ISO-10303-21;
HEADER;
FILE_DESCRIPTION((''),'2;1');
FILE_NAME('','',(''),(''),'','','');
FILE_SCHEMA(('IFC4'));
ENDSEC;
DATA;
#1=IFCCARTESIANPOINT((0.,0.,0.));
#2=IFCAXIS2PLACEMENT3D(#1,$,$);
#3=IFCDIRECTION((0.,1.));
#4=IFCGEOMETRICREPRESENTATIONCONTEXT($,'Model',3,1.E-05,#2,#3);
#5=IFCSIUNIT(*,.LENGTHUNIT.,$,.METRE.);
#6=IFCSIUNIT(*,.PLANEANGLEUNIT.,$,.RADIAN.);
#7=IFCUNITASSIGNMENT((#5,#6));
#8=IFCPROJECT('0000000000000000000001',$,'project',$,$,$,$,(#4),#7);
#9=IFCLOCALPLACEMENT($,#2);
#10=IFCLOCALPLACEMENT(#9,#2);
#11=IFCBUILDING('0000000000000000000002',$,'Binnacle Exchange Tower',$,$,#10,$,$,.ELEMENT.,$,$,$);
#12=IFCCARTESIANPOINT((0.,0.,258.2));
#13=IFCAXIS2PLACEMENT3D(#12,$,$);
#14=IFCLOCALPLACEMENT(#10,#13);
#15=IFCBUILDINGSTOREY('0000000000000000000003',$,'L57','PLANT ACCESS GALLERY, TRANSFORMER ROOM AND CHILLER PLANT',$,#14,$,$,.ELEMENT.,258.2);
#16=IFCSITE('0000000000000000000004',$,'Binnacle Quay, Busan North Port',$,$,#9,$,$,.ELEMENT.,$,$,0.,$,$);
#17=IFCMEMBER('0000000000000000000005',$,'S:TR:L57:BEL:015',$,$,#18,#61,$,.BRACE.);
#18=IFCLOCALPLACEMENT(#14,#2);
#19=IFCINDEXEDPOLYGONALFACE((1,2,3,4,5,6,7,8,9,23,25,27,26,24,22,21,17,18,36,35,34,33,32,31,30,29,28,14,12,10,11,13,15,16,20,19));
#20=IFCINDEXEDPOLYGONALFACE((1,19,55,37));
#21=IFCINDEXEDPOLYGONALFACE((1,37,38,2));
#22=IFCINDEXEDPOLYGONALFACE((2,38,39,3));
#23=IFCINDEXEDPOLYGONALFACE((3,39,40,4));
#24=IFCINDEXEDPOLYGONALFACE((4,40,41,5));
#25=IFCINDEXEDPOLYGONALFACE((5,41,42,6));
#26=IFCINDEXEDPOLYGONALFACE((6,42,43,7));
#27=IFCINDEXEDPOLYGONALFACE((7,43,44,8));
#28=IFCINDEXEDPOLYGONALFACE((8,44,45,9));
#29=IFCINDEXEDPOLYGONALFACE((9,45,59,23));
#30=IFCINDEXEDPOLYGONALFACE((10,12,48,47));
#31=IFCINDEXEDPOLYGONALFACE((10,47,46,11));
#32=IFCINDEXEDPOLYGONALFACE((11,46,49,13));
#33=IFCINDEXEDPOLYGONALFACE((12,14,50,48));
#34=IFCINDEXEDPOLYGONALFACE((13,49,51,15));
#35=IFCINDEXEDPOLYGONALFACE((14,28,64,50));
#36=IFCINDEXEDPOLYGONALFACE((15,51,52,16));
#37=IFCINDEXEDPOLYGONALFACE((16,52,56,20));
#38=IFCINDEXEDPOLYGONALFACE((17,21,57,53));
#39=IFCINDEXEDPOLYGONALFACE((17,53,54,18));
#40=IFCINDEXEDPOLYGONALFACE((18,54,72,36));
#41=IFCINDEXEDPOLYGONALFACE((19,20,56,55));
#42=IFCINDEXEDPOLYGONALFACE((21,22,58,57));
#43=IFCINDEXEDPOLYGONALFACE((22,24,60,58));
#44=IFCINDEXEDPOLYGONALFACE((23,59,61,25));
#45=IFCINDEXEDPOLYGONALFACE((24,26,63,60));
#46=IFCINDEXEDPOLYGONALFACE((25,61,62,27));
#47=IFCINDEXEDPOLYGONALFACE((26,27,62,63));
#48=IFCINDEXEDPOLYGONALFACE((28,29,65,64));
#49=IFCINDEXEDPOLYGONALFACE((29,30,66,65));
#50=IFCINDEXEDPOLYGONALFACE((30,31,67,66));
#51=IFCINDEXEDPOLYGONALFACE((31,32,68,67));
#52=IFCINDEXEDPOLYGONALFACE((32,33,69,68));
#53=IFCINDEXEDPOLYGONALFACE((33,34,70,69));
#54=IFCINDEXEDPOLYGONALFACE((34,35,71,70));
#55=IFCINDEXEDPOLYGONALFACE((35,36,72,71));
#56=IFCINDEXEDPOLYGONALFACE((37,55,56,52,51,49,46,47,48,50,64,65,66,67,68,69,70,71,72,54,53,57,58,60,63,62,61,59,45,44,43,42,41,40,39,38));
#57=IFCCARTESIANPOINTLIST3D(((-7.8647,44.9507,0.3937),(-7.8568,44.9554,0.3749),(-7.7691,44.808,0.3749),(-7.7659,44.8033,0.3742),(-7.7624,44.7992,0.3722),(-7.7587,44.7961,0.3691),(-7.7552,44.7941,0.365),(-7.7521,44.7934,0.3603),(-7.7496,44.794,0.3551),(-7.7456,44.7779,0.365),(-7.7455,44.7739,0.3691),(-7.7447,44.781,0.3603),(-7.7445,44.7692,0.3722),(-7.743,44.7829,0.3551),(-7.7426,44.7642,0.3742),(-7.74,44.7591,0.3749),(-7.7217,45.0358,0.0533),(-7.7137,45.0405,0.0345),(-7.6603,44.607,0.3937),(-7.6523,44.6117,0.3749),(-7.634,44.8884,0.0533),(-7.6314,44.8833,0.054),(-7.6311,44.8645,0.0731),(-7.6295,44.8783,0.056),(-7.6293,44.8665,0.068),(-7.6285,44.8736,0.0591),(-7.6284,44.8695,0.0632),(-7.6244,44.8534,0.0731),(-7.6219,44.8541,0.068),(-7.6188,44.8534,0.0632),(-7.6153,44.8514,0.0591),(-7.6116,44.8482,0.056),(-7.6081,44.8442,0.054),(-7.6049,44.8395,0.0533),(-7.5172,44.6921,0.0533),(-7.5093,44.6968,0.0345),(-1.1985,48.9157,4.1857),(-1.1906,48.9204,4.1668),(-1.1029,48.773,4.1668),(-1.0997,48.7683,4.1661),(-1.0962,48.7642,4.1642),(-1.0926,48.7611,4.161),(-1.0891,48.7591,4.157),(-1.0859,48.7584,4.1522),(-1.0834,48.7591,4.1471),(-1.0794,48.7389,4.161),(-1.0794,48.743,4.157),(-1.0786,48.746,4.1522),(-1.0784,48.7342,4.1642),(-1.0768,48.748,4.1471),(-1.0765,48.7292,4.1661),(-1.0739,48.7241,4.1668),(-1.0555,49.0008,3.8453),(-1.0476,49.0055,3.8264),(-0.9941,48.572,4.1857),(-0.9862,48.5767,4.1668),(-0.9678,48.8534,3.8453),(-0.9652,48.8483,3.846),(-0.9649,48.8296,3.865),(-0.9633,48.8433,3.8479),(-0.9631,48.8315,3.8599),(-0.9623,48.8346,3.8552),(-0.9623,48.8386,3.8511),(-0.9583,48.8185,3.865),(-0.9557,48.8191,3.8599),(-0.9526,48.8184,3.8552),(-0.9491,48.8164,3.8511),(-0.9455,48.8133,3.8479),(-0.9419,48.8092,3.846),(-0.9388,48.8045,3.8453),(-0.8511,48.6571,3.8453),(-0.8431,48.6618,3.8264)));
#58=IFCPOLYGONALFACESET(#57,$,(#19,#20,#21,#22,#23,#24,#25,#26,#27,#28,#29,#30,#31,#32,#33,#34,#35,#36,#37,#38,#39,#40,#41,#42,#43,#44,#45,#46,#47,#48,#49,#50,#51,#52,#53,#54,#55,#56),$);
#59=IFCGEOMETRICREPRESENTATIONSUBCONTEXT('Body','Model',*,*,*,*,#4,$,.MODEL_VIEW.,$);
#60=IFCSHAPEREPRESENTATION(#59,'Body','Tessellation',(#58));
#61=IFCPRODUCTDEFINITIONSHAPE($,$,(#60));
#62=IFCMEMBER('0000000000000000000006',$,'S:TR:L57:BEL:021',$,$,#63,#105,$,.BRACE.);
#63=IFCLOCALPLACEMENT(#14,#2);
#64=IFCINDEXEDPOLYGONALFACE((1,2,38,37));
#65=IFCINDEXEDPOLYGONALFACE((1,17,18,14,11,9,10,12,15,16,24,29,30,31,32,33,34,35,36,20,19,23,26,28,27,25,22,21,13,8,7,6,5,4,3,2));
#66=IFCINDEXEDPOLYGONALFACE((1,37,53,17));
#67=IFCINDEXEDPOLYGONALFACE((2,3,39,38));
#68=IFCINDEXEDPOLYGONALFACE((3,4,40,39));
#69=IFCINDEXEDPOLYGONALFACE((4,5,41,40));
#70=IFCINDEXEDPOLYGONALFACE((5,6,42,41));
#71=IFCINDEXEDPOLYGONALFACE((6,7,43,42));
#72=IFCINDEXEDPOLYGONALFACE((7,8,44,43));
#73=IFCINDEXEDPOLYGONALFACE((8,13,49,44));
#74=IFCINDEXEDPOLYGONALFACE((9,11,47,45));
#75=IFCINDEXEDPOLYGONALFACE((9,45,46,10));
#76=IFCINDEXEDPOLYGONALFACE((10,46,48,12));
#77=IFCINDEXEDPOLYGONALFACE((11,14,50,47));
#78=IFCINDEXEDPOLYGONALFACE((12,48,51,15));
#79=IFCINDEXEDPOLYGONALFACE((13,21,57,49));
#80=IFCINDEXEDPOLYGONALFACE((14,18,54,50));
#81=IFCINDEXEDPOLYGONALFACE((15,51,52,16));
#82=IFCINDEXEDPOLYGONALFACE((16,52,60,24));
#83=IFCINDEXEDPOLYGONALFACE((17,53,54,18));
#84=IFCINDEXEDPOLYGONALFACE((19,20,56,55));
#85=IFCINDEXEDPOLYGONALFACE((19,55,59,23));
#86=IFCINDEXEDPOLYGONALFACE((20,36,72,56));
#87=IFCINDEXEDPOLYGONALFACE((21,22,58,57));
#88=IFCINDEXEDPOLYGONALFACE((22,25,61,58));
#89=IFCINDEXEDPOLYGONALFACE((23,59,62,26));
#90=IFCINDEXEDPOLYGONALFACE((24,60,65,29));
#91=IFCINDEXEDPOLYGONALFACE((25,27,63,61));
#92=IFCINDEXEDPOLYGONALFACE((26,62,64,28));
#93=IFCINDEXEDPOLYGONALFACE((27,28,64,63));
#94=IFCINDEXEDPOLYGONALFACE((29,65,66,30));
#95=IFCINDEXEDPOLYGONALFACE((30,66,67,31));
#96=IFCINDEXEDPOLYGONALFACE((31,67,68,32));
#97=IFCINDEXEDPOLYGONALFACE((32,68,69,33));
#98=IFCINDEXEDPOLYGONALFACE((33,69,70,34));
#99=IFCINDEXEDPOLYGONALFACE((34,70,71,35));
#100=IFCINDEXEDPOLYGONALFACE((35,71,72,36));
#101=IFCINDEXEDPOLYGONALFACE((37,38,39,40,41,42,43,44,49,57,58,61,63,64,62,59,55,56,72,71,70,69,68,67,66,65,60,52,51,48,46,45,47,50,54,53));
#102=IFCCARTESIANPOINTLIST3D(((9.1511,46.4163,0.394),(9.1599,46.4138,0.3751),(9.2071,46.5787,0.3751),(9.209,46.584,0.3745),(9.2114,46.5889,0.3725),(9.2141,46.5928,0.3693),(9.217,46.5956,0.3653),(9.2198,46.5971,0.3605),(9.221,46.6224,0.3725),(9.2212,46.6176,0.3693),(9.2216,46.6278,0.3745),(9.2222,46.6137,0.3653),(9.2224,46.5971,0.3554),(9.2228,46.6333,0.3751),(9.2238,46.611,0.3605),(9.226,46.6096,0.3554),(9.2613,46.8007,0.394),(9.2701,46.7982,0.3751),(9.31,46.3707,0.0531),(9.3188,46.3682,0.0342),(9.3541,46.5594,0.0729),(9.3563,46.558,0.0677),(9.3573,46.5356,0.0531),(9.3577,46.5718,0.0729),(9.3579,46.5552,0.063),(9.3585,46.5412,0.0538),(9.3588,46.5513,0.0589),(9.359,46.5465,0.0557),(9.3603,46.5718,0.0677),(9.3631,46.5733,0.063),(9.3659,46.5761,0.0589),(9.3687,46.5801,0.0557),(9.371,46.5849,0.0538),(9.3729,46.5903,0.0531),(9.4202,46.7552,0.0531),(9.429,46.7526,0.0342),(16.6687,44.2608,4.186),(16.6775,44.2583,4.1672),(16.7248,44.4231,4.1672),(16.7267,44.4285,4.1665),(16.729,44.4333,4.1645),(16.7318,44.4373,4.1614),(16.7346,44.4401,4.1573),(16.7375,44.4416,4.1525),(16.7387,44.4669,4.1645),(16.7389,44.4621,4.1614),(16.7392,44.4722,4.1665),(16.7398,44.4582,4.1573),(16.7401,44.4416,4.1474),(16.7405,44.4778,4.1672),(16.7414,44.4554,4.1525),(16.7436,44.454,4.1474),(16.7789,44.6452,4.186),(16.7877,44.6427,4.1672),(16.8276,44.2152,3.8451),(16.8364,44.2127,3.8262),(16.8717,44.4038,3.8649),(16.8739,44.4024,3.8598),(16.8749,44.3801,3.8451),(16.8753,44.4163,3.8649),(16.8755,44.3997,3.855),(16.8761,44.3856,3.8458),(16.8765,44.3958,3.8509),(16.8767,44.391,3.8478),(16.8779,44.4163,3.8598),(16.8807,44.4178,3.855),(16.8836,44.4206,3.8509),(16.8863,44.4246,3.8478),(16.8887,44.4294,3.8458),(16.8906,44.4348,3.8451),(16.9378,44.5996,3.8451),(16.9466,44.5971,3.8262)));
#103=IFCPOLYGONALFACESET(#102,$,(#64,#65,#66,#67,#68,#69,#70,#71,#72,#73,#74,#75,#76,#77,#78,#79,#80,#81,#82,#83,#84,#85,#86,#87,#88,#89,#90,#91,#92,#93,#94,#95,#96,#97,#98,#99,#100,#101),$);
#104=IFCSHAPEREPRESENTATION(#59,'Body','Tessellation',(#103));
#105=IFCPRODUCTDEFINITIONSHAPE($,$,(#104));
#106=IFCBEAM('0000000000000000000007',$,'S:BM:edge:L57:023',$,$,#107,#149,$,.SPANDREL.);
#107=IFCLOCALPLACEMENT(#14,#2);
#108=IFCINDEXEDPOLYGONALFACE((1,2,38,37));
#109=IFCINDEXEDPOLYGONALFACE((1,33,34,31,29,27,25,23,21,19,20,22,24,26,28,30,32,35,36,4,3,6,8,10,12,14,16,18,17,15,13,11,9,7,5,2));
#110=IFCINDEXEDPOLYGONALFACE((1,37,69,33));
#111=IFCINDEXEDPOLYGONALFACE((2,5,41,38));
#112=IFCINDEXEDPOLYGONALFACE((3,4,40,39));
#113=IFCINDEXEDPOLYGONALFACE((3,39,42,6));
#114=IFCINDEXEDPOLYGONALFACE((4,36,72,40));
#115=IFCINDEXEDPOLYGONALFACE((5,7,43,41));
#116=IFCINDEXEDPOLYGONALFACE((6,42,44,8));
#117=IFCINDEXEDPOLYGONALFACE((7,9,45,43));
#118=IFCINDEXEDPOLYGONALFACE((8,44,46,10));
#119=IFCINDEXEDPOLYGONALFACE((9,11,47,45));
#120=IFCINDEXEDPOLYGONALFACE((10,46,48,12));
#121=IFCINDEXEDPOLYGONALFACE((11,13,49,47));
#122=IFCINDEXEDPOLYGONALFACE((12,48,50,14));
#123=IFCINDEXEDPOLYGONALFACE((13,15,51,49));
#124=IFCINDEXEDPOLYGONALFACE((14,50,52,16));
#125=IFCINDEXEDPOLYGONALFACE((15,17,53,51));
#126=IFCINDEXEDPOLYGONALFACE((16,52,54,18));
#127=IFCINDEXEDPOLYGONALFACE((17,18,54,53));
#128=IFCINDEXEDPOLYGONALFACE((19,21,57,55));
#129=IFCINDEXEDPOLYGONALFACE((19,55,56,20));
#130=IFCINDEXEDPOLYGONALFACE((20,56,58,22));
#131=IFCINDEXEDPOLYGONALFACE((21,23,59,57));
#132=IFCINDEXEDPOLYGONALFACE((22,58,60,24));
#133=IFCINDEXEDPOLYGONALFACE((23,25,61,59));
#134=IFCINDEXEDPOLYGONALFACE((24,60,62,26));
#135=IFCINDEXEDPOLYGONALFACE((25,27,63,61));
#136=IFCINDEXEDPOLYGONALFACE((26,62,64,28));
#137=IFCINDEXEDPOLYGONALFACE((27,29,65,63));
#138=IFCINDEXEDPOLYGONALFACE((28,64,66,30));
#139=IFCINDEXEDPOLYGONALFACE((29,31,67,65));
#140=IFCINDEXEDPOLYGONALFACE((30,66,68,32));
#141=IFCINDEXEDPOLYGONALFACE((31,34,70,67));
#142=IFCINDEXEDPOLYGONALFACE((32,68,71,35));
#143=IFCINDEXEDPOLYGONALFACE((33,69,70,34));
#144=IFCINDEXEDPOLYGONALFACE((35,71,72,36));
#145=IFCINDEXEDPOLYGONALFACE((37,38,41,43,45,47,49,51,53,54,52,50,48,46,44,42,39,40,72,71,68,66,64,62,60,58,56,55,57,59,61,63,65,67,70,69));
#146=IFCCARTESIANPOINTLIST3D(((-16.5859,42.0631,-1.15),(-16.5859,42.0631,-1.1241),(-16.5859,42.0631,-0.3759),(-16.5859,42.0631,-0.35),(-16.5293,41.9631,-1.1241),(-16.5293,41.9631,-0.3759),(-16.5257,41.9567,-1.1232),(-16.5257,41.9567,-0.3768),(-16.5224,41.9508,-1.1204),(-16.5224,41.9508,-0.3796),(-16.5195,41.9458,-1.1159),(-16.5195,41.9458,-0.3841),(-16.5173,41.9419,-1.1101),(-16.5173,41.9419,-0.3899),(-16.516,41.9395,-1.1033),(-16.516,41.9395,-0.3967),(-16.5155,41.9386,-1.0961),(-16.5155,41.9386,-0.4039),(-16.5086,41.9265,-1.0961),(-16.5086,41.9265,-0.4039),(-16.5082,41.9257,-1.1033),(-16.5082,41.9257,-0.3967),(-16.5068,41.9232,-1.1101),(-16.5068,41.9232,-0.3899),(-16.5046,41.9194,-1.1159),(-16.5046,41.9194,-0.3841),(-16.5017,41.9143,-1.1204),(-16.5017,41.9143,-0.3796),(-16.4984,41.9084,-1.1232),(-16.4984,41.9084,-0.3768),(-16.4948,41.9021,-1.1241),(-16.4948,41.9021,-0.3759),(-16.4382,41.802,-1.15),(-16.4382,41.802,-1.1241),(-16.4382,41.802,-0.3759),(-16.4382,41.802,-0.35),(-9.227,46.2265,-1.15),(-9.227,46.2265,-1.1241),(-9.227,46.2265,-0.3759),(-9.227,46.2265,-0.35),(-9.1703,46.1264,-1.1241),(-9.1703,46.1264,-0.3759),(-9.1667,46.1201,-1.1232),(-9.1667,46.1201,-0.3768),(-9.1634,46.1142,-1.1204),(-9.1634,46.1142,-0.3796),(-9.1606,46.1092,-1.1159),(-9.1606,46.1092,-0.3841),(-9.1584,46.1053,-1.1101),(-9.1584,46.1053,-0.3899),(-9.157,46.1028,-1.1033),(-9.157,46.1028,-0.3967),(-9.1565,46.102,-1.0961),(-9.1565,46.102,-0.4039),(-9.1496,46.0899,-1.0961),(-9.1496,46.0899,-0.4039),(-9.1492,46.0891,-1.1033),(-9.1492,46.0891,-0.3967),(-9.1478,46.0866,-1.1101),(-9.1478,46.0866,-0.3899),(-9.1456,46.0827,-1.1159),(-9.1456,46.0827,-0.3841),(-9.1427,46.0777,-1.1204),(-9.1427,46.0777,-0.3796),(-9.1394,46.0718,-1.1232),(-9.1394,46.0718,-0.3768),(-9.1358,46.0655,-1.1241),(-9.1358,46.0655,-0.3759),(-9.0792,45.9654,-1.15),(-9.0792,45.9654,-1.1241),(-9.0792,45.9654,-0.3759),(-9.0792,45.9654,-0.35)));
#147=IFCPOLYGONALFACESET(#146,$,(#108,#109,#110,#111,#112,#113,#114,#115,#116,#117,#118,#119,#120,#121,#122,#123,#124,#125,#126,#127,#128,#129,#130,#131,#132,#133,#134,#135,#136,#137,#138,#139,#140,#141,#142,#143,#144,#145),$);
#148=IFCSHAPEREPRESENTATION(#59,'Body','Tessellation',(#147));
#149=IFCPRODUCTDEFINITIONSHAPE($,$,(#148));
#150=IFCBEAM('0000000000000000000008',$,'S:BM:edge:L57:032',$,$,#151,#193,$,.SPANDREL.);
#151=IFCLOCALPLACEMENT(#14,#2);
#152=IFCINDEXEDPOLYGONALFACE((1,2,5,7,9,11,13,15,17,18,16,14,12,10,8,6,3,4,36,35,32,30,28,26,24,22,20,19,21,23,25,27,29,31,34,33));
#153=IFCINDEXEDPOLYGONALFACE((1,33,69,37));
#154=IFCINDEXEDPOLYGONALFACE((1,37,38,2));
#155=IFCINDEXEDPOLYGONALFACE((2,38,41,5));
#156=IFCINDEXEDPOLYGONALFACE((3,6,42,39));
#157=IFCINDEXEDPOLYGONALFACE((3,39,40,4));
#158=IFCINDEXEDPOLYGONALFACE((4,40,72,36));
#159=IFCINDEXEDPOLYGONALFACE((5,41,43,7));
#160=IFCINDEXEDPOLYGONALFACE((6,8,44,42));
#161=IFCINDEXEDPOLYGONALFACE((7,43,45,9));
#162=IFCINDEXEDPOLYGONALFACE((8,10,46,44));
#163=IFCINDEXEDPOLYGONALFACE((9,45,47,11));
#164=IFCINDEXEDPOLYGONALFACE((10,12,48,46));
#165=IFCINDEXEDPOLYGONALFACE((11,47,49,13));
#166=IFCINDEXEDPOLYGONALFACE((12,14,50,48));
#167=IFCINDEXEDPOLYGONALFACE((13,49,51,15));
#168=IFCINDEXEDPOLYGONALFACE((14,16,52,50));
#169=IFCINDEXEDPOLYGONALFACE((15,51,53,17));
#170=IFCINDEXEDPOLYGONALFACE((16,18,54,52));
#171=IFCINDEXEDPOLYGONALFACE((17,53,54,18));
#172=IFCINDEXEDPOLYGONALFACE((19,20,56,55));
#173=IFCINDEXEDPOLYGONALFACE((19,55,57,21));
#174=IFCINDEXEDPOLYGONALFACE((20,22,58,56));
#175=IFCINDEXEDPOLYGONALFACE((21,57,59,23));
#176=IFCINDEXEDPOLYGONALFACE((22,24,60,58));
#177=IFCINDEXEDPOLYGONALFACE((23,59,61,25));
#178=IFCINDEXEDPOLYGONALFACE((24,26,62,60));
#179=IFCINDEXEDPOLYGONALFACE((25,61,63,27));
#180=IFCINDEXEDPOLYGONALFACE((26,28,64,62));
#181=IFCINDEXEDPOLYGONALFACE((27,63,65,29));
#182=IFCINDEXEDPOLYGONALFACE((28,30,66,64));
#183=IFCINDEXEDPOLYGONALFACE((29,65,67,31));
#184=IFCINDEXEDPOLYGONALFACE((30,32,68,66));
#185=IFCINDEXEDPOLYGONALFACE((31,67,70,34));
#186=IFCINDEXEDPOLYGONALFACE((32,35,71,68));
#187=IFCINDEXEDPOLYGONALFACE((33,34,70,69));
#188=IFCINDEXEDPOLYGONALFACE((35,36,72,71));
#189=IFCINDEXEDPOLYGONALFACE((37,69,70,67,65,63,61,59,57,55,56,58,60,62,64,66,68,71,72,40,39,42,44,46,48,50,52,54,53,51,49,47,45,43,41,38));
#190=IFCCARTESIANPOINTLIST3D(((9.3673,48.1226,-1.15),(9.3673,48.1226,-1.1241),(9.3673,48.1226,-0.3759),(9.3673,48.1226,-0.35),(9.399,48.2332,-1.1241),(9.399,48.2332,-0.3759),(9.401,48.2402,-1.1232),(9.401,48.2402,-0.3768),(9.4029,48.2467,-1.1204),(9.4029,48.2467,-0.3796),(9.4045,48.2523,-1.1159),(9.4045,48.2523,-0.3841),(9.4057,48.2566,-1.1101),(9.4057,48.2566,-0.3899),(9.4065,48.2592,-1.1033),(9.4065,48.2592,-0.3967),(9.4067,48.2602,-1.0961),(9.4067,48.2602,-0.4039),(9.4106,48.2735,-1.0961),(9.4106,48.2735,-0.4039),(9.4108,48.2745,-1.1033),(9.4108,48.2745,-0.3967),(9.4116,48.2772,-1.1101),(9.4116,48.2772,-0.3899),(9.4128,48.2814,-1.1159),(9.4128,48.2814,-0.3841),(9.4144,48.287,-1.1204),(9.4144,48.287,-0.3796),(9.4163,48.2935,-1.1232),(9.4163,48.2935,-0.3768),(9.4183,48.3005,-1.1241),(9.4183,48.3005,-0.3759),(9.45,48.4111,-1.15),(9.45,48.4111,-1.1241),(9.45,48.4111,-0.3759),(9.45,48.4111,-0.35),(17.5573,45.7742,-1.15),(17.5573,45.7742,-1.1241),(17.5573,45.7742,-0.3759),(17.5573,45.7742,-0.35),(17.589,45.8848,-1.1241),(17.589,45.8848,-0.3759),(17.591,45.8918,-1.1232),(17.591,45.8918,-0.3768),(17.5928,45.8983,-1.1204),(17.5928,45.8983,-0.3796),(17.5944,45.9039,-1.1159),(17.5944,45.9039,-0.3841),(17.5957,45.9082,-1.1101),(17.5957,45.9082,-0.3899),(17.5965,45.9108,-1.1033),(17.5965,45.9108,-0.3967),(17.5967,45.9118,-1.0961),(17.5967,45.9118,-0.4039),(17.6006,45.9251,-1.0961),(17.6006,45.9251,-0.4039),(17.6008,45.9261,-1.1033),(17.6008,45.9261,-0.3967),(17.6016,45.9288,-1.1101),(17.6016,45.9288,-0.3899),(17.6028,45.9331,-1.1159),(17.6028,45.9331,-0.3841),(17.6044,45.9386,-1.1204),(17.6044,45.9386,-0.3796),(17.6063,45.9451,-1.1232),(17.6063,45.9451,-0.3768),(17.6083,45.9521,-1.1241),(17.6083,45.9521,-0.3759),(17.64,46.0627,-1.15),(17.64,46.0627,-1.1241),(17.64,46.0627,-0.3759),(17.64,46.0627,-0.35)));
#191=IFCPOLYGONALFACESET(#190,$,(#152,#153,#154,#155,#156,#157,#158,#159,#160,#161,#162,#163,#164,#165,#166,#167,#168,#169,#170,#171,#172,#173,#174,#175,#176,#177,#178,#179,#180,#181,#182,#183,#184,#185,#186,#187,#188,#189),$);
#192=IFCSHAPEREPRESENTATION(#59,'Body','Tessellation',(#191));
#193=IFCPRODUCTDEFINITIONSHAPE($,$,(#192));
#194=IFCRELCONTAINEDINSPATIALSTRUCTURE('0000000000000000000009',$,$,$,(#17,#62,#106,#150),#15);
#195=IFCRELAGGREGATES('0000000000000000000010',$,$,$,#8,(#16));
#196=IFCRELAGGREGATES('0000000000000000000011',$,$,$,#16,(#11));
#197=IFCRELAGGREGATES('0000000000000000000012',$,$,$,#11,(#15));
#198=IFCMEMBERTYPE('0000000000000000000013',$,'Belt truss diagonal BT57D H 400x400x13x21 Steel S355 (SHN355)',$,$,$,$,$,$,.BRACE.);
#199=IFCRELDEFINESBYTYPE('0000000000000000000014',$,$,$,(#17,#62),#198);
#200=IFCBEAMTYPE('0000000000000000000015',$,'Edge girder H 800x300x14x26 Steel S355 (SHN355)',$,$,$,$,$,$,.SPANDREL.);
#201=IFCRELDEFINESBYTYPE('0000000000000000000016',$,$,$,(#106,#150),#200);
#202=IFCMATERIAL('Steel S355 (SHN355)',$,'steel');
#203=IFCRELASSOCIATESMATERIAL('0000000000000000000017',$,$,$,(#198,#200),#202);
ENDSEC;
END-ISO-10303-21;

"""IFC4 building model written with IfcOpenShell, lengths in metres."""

from ifc_helpers import new_model, si_unit, direction, frame, origin, origin_2d, place, context, subcontext, project, spatial, i_section, extrude, material, material_profile, profile_set, type_object, element, save


model = new_model("IFC4")

# Units and contexts
model_context = context("Model", 3, precision=1e-05, world=origin(), true_north=direction((0.0, 1.0)))
body_context = subcontext(model_context, "Body", "Model", "MODEL_VIEW")
ifc_project = project(units=[si_unit("LENGTHUNIT", "METRE"), si_unit("PLANEANGLEUNIT", "RADIAN")], contexts=[model_context])

# Site, building, storey
site_placement = place(None, origin())
site = spatial("IfcSite", under=ifc_project, at=site_placement, Name="Binnacle Quay, Busan North Port", CompositionType="ELEMENT", RefElevation=0.0)
building_placement = place(site_placement, origin())
building = spatial("IfcBuilding", under=site, at=building_placement, Name="Binnacle Exchange Tower", CompositionType="ELEMENT")
storey_placement = place(building_placement, frame((0.0, 0.0, 258.2)))
storey = spatial("IfcBuildingStorey", under=building, at=storey_placement, Name="L57", Description="PLANT ACCESS GALLERY, TRANSFORMER ROOM AND CHILLER PLANT", CompositionType="ELEMENT", Elevation=258.2)

# Members
ifc_material_1 = material(Name="Steel S355 (SHN355)", Category="steel")
ifc_material_profile_1 = material_profile(ifc_material_1, i_section(OverallWidth=0.3999, OverallDepth=0.3999, WebThickness=0.0129, FlangeThickness=0.021, FilletRadius=0.022, at=origin_2d()), Name="H 400x400x13x21")
ifc_profile_set_1 = profile_set([ifc_material_profile_1], Name="Steel S355 (SHN355)")
member_type_1 = type_object("IfcMemberType", Name="Belt truss diagonal BT57D H 400x400x13x21 Steel S355 (SHN355)", PredefinedType="BRACE", material=ifc_profile_set_1)
member_1_placement = place(storey_placement, frame((-7.687, 44.8237, 0.2141), z_axis=(0.772124, 0.459259, 0.43921), x_axis=(-0.511205, 0.859459, 0.0)))
element("IfcMember", 1, at=member_1_placement, inside=storey, type_object=member_type_1, Name="S:TR:L57:BEL:015", PredefinedType="BRACE", context=body_context, shape_type="SweptSolid", body=[
    extrude(i_section(OverallWidth=0.3999, OverallDepth=0.3999, WebThickness=0.0129, FlangeThickness=0.021, FilletRadius=0.022, at=origin_2d()), origin(), (0.0, 0.0, 1.0), 8.6335),
])
member_2_placement = place(storey_placement, frame((9.29, 46.5845, 0.2141), z_axis=(0.86495, -0.248007, 0.436295), x_axis=(0.275624, 0.961266, 0.0)))
element("IfcMember", 2, at=member_2_placement, inside=storey, type_object=member_type_1, Name="S:TR:L57:BEL:021", PredefinedType="BRACE", context=body_context, shape_type="SweptSolid", body=[
    extrude(i_section(OverallWidth=0.3999, OverallDepth=0.3999, WebThickness=0.0129, FlangeThickness=0.021, FilletRadius=0.022, at=origin_2d()), origin(), (0.0, 0.0, 1.0), 8.6914),
])

# Beams
ifc_material_profile_2 = material_profile(ifc_material_1, i_section(OverallWidth=0.3, OverallDepth=0.8, WebThickness=0.0139, FlangeThickness=0.0259, FilletRadius=0.0281, at=origin_2d()), Name="H 800x300x14x26")
ifc_profile_set_2 = profile_set([ifc_material_profile_2], Name="Steel S355 (SHN355)")
beam_type_1 = type_object("IfcBeamType", Name="Edge girder H 800x300x14x26 Steel S355 (SHN355)", PredefinedType="SPANDREL", material=ifc_profile_set_2)
beam_1_placement = place(storey_placement, frame((-9.1531, 46.0959, -0.75), z_axis=(-0.870362, -0.492412, 0.0), x_axis=(0.492412, -0.870362, 0.0)))
element("IfcBeam", 3, at=beam_1_placement, inside=storey, type_object=beam_type_1, Name="S:BM:edge:L57:023", PredefinedType="SPANDREL", context=body_context, shape_type="SweptSolid", body=[
    extrude(i_section(OverallWidth=0.3, OverallDepth=0.8, WebThickness=0.0139, FlangeThickness=0.0259, FilletRadius=0.0281, at=origin_2d()), origin(), (0.0, 0.0, 1.0), 8.4551),
])
beam_2_placement = place(storey_placement, frame((17.5986, 45.9185, -0.75), z_axis=(-0.961263, 0.275633, 0.0), x_axis=(-0.275633, -0.961263, 0.0)))
element("IfcBeam", 4, at=beam_2_placement, inside=storey, type_object=beam_type_1, Name="S:BM:edge:L57:032", PredefinedType="SPANDREL", context=body_context, shape_type="SweptSolid", body=[
    extrude(i_section(OverallWidth=0.3, OverallDepth=0.8, WebThickness=0.0139, FlangeThickness=0.0259, FilletRadius=0.0281, at=origin_2d()), origin(), (0.0, 0.0, 1.0), 8.52),
])

save(model, "model.ifc")
